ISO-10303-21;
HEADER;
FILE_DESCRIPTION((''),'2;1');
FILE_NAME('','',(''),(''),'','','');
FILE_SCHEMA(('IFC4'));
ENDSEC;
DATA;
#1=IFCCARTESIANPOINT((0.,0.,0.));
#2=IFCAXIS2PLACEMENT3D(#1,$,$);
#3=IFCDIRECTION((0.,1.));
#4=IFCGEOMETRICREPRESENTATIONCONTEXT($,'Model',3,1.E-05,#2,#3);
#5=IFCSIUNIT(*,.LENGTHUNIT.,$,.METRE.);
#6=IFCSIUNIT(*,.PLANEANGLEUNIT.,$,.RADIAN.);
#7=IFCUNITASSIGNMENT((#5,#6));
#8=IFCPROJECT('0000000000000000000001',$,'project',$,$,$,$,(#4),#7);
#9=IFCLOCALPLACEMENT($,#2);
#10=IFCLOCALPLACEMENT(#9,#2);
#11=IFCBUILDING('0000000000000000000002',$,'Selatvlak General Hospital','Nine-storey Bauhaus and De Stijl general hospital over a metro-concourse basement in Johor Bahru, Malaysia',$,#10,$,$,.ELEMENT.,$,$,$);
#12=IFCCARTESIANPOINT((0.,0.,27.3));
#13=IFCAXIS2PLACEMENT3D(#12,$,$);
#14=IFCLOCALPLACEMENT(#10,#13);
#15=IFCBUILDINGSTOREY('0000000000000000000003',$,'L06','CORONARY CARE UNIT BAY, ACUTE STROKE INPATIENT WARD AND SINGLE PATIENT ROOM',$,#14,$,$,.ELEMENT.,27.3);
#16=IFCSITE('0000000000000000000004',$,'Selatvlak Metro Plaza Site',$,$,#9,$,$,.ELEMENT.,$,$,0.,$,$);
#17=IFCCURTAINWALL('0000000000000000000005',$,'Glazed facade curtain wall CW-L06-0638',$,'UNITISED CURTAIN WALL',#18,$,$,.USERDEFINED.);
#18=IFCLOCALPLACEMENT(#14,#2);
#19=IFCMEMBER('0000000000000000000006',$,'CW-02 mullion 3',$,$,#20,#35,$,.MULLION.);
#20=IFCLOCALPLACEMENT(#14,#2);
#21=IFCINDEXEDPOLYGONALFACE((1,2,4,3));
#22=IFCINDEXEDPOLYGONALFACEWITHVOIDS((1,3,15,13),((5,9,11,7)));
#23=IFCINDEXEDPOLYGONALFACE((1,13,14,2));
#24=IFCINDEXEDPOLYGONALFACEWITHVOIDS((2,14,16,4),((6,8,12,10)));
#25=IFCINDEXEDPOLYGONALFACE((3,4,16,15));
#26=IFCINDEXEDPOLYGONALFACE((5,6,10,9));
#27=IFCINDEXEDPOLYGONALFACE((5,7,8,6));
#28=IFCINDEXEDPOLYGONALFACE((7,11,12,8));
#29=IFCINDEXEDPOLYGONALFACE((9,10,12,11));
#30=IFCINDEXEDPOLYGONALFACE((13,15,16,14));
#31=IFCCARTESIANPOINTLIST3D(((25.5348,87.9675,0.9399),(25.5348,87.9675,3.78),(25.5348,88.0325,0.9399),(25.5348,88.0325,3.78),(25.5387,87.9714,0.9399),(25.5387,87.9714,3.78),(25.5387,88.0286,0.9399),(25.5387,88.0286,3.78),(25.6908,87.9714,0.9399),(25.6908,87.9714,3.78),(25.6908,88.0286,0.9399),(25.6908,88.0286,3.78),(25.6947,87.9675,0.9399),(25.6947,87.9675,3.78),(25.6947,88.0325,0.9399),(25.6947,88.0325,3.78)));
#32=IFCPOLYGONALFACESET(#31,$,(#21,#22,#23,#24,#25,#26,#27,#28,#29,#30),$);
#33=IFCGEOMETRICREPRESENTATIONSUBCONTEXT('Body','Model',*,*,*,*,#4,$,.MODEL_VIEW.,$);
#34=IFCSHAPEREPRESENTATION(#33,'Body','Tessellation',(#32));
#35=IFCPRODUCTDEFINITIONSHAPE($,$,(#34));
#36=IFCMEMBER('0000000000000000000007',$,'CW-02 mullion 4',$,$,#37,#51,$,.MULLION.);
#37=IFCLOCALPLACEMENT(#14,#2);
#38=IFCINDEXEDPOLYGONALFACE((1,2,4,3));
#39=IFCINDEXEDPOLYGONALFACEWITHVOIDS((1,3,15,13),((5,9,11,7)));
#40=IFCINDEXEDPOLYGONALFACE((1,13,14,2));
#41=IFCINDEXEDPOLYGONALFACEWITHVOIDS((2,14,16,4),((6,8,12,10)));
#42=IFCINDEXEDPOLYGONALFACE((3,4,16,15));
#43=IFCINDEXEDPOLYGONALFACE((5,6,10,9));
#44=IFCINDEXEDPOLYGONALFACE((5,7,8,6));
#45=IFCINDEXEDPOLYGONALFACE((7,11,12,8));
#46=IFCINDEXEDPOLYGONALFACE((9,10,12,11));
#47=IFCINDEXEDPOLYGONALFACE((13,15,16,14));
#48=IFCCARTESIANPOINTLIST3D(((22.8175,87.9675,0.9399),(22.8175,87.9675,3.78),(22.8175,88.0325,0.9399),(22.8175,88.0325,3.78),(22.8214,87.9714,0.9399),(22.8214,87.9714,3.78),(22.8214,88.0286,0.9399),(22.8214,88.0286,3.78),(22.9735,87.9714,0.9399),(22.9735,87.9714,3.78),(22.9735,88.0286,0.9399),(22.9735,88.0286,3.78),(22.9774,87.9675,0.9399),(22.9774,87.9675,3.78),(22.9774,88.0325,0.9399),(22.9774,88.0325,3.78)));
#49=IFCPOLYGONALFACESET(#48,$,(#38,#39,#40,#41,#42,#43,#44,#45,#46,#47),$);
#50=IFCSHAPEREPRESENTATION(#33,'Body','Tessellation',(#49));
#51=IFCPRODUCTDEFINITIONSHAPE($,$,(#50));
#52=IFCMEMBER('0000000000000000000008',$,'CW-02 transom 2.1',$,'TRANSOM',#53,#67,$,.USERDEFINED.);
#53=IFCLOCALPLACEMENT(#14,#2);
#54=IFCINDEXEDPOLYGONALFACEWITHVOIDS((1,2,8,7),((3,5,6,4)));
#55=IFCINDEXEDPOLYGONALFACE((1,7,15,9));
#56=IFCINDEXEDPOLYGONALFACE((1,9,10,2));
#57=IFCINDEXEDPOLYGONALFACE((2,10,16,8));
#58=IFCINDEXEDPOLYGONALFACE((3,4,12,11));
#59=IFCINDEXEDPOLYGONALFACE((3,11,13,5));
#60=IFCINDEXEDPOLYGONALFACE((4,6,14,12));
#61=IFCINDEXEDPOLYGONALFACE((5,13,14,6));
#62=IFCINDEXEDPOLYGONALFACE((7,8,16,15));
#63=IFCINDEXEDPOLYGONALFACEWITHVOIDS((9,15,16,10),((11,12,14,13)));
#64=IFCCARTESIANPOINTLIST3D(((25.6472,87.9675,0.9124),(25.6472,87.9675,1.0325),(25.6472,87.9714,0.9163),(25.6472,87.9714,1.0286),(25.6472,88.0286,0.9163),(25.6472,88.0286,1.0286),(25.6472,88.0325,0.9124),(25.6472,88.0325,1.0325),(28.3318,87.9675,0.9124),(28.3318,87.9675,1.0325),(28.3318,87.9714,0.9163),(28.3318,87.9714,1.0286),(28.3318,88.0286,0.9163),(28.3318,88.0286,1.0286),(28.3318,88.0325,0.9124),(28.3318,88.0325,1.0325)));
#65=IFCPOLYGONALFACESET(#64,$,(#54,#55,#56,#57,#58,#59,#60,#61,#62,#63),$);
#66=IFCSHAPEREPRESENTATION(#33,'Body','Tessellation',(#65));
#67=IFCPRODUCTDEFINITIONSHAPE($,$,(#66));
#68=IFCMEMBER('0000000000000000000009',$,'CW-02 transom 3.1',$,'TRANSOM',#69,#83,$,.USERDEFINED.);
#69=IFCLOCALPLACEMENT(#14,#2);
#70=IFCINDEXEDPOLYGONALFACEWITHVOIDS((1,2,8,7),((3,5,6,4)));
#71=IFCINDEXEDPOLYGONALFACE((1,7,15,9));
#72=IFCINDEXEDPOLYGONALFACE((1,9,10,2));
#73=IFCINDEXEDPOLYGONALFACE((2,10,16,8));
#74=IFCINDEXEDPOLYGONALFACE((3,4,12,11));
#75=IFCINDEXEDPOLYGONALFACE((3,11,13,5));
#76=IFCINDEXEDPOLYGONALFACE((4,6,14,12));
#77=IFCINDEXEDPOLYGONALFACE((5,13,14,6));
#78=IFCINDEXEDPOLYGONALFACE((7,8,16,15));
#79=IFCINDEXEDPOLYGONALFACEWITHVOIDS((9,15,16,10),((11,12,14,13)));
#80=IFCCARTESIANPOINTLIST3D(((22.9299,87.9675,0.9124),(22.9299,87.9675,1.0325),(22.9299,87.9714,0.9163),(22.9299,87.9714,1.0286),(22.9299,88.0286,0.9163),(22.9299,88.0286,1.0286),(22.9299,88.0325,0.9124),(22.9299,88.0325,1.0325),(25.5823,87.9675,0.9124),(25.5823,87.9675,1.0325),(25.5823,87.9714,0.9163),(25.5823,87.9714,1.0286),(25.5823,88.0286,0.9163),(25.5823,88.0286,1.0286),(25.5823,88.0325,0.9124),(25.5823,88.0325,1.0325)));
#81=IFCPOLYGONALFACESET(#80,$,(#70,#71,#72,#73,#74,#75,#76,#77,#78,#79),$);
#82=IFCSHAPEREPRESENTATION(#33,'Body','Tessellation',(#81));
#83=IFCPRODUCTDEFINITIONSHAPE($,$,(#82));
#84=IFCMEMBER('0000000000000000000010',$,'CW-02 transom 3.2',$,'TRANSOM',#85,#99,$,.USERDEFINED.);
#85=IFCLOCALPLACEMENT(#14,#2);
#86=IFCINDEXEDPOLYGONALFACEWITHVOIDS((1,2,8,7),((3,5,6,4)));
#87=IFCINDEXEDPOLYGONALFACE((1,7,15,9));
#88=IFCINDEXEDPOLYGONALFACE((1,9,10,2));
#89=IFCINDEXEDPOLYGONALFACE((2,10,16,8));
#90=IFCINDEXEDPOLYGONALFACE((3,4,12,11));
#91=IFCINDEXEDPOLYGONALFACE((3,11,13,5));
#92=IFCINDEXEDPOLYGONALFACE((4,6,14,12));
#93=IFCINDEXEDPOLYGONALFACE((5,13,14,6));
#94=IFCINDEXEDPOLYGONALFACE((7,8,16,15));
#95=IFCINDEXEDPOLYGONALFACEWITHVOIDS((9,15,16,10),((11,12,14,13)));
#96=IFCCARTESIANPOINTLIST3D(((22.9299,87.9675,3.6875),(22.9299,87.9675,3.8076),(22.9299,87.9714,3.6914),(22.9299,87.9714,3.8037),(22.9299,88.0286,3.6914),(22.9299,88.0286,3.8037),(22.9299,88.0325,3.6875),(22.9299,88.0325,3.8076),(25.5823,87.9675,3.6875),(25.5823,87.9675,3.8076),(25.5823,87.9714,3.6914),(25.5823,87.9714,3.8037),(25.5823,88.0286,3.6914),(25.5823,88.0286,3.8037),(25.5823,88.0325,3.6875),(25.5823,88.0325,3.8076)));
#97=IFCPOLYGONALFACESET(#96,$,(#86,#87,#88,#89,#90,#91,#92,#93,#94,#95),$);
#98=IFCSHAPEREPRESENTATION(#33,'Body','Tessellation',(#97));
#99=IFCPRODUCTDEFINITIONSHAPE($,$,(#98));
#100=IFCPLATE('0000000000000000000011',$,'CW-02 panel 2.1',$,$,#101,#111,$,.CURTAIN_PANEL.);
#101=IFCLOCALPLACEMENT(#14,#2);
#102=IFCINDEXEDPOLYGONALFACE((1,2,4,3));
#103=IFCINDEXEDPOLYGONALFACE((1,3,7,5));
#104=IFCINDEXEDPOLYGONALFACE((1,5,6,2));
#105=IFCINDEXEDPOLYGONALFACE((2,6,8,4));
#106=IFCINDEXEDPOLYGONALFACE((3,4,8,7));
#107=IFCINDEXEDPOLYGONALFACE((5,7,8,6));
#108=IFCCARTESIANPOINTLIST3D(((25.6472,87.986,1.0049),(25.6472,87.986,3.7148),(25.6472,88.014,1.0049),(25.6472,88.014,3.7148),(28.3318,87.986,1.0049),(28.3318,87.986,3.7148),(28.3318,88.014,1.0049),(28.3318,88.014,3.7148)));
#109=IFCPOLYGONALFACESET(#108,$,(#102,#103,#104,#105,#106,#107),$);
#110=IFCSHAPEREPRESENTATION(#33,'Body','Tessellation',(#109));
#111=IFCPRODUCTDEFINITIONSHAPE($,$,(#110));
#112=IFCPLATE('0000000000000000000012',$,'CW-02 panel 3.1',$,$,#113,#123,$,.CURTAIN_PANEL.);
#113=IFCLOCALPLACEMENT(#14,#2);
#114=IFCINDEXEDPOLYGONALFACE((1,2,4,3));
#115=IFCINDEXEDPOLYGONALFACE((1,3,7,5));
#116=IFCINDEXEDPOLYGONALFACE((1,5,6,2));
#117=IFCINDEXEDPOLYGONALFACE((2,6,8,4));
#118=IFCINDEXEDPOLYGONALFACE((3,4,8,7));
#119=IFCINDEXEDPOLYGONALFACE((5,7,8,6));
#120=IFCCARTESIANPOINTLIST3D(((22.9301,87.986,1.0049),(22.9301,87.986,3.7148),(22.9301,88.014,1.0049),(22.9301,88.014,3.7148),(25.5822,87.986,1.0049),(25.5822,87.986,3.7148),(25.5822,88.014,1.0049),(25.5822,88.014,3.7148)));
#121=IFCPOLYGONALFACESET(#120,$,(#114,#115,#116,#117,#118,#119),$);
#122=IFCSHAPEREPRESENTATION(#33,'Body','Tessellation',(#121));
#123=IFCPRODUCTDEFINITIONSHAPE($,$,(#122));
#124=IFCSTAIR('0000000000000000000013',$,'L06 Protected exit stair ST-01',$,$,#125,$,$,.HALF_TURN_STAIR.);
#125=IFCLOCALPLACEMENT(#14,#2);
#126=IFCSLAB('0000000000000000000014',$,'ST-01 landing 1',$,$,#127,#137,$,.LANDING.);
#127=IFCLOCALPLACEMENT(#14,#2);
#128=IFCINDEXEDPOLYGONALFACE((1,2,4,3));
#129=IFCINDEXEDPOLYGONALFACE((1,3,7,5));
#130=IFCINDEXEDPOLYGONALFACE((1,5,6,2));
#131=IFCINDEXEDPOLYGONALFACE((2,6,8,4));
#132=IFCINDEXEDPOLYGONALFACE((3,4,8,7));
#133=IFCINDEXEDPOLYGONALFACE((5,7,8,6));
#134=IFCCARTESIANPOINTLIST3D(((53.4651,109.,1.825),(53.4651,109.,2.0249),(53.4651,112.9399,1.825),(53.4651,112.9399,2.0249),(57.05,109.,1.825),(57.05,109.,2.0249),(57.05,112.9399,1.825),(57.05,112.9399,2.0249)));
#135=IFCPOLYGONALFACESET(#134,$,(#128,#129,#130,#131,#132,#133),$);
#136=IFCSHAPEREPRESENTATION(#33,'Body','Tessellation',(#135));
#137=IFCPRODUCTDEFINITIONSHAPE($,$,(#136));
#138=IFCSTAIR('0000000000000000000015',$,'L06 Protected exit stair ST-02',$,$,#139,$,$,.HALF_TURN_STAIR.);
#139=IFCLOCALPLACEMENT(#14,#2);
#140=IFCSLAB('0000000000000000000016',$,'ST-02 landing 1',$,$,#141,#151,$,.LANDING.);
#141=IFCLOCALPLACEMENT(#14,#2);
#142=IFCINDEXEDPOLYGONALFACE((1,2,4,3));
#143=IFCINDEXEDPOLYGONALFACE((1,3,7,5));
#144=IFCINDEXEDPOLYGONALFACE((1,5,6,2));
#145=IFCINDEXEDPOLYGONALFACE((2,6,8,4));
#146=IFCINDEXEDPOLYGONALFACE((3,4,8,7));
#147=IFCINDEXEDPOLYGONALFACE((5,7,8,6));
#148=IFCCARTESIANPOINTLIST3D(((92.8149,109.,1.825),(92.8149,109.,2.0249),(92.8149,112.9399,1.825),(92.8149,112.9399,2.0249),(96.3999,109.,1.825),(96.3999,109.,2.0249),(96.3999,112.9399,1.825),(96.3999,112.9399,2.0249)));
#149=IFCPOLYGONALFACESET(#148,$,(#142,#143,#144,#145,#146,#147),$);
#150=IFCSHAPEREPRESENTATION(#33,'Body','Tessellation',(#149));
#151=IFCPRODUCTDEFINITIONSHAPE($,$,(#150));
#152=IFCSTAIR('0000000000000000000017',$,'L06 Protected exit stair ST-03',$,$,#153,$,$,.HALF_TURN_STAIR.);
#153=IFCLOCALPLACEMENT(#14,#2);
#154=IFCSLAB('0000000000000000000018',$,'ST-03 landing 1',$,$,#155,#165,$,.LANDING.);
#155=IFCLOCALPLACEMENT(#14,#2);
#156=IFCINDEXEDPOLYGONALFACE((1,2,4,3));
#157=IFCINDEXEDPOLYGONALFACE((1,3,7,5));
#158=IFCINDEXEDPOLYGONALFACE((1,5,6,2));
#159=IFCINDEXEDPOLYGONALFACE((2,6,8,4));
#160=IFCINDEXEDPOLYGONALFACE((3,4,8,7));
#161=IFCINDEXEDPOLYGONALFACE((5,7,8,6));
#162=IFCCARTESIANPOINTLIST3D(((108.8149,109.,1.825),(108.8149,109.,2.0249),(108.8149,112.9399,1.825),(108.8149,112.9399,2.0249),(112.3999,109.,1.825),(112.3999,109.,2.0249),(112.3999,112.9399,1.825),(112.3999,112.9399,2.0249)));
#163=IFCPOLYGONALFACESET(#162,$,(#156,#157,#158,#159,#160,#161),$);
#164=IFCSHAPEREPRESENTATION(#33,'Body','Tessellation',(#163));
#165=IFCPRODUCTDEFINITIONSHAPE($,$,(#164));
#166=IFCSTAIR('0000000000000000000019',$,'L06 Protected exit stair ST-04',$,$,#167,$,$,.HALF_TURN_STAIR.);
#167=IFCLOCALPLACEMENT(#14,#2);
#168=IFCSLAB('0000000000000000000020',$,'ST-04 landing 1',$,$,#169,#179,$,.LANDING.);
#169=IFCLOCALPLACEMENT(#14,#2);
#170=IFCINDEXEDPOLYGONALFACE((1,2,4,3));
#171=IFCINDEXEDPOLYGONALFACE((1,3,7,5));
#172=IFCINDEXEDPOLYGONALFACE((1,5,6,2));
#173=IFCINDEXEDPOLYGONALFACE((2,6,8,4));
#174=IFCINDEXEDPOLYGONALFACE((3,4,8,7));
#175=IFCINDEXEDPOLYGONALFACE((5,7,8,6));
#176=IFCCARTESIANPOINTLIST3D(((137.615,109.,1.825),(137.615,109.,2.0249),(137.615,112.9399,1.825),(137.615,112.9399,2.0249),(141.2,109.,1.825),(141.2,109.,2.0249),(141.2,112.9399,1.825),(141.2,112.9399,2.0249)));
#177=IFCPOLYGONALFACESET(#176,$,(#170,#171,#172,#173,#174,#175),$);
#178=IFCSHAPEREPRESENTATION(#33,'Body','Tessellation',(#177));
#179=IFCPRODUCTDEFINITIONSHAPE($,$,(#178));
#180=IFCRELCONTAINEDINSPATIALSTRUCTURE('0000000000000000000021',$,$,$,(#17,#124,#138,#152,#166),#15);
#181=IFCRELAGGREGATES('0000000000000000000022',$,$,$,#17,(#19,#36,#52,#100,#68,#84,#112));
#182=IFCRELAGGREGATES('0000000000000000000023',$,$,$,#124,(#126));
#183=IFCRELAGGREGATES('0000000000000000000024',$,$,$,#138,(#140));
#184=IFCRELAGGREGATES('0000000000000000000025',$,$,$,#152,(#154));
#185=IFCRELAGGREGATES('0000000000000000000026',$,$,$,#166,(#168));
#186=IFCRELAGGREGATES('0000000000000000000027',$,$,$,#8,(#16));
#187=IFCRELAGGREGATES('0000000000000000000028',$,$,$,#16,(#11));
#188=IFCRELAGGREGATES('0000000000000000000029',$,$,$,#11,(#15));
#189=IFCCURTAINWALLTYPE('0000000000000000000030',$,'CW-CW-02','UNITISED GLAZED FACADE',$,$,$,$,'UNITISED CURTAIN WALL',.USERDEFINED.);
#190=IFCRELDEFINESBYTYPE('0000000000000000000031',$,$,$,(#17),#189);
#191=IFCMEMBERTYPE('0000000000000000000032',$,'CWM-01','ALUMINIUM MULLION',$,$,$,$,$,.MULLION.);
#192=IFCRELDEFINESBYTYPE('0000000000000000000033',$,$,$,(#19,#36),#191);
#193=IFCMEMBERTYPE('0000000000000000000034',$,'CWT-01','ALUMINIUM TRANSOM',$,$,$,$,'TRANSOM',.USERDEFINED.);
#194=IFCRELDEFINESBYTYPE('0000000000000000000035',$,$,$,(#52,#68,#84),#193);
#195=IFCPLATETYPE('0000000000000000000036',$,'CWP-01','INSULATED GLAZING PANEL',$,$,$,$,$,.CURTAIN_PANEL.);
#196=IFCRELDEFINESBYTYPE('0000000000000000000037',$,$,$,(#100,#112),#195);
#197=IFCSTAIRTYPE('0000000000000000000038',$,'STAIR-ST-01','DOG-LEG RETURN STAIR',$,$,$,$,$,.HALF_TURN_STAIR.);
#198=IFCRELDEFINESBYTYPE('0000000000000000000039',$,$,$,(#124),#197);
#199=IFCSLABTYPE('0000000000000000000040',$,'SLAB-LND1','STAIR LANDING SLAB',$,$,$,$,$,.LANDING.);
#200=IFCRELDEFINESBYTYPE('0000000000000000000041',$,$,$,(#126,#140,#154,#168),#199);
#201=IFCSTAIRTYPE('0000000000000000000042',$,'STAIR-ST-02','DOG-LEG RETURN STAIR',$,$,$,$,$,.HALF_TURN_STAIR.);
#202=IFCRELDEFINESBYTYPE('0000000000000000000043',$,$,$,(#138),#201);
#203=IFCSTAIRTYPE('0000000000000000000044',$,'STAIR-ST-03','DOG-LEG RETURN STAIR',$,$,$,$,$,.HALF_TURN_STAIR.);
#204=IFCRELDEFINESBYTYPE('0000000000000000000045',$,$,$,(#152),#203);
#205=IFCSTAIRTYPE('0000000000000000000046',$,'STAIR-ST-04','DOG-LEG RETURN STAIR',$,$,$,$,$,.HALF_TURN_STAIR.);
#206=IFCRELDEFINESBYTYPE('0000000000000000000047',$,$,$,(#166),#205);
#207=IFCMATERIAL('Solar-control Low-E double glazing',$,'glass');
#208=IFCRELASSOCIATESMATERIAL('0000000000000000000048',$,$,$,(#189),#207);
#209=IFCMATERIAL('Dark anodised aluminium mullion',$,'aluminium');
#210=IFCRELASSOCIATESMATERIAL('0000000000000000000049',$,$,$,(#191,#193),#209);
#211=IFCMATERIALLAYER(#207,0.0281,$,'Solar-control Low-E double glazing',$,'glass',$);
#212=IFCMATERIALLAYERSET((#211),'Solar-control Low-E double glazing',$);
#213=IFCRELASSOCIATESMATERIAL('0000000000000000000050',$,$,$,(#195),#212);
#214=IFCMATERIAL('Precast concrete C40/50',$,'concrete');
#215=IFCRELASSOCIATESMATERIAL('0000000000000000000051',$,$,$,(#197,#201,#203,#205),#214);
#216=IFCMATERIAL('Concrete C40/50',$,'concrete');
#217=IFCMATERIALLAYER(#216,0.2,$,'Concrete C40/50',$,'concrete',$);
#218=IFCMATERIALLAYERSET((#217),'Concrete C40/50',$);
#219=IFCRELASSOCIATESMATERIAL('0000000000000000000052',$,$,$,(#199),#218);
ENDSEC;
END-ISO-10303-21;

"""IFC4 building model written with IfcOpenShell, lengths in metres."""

from ifc_helpers import new_model, si_unit, direction, frame, origin, origin_2d, place, context, subcontext, project, spatial, polyline, rectangle, hollow_rectangle, outline, extrude, material, layer, layer_set, material_profile, profile_set, type_object, element, aggregate, save


model = new_model("IFC4")

# Units and contexts
model_context = context("Model", 3, precision=1e-05, world=origin(), true_north=direction((0.0, 1.0)))
body_context = subcontext(model_context, "Body", "Model", "MODEL_VIEW")
ifc_project = project(units=[si_unit("LENGTHUNIT", "METRE"), si_unit("PLANEANGLEUNIT", "RADIAN")], contexts=[model_context])

# Site, building, storey
site_placement = place(None, origin())
site = spatial("IfcSite", under=ifc_project, at=site_placement, Name="Selatvlak Metro Plaza Site", CompositionType="ELEMENT", RefElevation=0.0)
building_placement = place(site_placement, origin())
building = spatial("IfcBuilding", under=site, at=building_placement, Name="Selatvlak General Hospital", Description="Nine-storey Bauhaus and De Stijl general hospital over a metro-concourse basement in Johor Bahru, Malaysia", CompositionType="ELEMENT")
storey_placement = place(building_placement, frame((0.0, 0.0, 27.3)))
storey = spatial("IfcBuildingStorey", under=building, at=storey_placement, Name="L06", Description="CORONARY CARE UNIT BAY, ACUTE STROKE INPATIENT WARD AND SINGLE PATIENT ROOM", CompositionType="ELEMENT", Elevation=27.3)

# Curtain wall, members, plates
ifc_material_1 = material(Name="Solar-control Low-E double glazing", Category="glass")
curtain_wall_type = type_object("IfcCurtainWallType", Name="CW-CW-02", Description="UNITISED GLAZED FACADE", ElementType="UNITISED CURTAIN WALL", PredefinedType="USERDEFINED", material=ifc_material_1)
curtain_wall_placement = place(storey_placement, origin())
curtain_wall = element("IfcCurtainWall", 1, at=curtain_wall_placement, inside=storey, type_object=curtain_wall_type, Name="Glazed facade curtain wall CW-L06-0638", ObjectType="UNITISED CURTAIN WALL", PredefinedType="USERDEFINED")
ifc_material_2 = material(Name="Dark anodised aluminium mullion", Category="aluminium")
ifc_material_profile_1 = material_profile(ifc_material_2, hollow_rectangle(XDim=0.0649, YDim=0.1599, WallThickness=0.0039, at=origin_2d()), Name="AL-MUL 65x160x4")
ifc_profile_set_1 = profile_set([ifc_material_profile_1], Name="Dark anodised aluminium mullion")
member_type_1 = type_object("IfcMemberType", Name="CWM-01", Description="ALUMINIUM MULLION", PredefinedType="MULLION", material=ifc_profile_set_1)
member_1_placement = place(storey_placement, frame((25.6147, 88.0, 0.9399), z_axis=(0.0, 0.0, 1.0), x_axis=(0.0, -1.0, 0.0)))
member_1 = element("IfcMember", 2, at=member_1_placement, type_object=member_type_1, Name="CW-02 mullion 3", PredefinedType="MULLION", context=body_context, shape_type="SweptSolid", body=[
    extrude(hollow_rectangle(XDim=0.0649, YDim=0.1599, WallThickness=0.0039, at=origin_2d()), origin(), (0.0, 0.0, 1.0), 2.8401),
])
member_2_placement = place(storey_placement, frame((22.8975, 88.0, 0.9399), z_axis=(0.0, 0.0, 1.0), x_axis=(0.0, -1.0, 0.0)))
member_2 = element("IfcMember", 3, at=member_2_placement, type_object=member_type_1, Name="CW-02 mullion 4", PredefinedType="MULLION", context=body_context, shape_type="SweptSolid", body=[
    extrude(hollow_rectangle(XDim=0.0649, YDim=0.1599, WallThickness=0.0039, at=origin_2d()), origin(), (0.0, 0.0, 1.0), 2.8401),
])
ifc_material_profile_2 = material_profile(ifc_material_2, hollow_rectangle(XDim=0.0649, YDim=0.1201, WallThickness=0.0039, at=origin_2d()), Name="AL-TRN 65x120x4")
ifc_profile_set_2 = profile_set([ifc_material_profile_2], Name="Dark anodised aluminium mullion")
member_type_2 = type_object("IfcMemberType", Name="CWT-01", Description="ALUMINIUM TRANSOM", ElementType="TRANSOM", PredefinedType="USERDEFINED", material=ifc_profile_set_2)
member_3_placement = place(storey_placement, frame((28.3318, 88.0, 0.9724), z_axis=(-1.0, 0.0, 0.0), x_axis=(0.0, -1.0, 0.0)))
member_3 = element("IfcMember", 4, at=member_3_placement, type_object=member_type_2, Name="CW-02 transom 2.1", ObjectType="TRANSOM", PredefinedType="USERDEFINED", context=body_context, shape_type="SweptSolid", body=[
    extrude(hollow_rectangle(XDim=0.0649, YDim=0.1201, WallThickness=0.0039, at=origin_2d()), origin(), (0.0, 0.0, 1.0), 2.6846),
])
member_4_placement = place(storey_placement, frame((25.5823, 88.0, 0.9724), z_axis=(-1.0, 0.0, 0.0), x_axis=(0.0, -1.0, 0.0)))
member_4 = element("IfcMember", 5, at=member_4_placement, type_object=member_type_2, Name="CW-02 transom 3.1", ObjectType="TRANSOM", PredefinedType="USERDEFINED", context=body_context, shape_type="SweptSolid", body=[
    extrude(hollow_rectangle(XDim=0.0649, YDim=0.1201, WallThickness=0.0039, at=origin_2d()), origin(), (0.0, 0.0, 1.0), 2.6523),
])
member_5_placement = place(storey_placement, frame((25.5823, 88.0, 3.7476), z_axis=(-1.0, 0.0, 0.0), x_axis=(0.0, -1.0, 0.0)))
member_5 = element("IfcMember", 6, at=member_5_placement, type_object=member_type_2, Name="CW-02 transom 3.2", ObjectType="TRANSOM", PredefinedType="USERDEFINED", context=body_context, shape_type="SweptSolid", body=[
    extrude(hollow_rectangle(XDim=0.0649, YDim=0.1201, WallThickness=0.0039, at=origin_2d()), origin(), (0.0, 0.0, 1.0), 2.6523),
])
ifc_layer_1 = layer(ifc_material_1, 0.0281, Name="Solar-control Low-E double glazing", Category="glass")
ifc_layer_set_1 = layer_set([ifc_layer_1], Name="Solar-control Low-E double glazing")
plate_type = type_object("IfcPlateType", Name="CWP-01", Description="INSULATED GLAZING PANEL", PredefinedType="CURTAIN_PANEL", material=ifc_layer_set_1)
plate_1_placement = place(storey_placement, frame((26.9895, 88.0, 1.0049), z_axis=(0.0, 0.0, 1.0), x_axis=(-1.0, 0.0, 0.0)))
plate_1 = element("IfcPlate", 7, at=plate_1_placement, type_object=plate_type, Name="CW-02 panel 2.1", PredefinedType="CURTAIN_PANEL", context=body_context, shape_type="SweptSolid", body=[
    extrude(rectangle(XDim=2.6846, YDim=0.0281, at=origin_2d()), origin(), (0.0, 0.0, 1.0), 2.71),
])
plate_2_placement = place(storey_placement, frame((24.2561, 88.0, 1.0049), z_axis=(0.0, 0.0, 1.0), x_axis=(-1.0, 0.0, 0.0)))
plate_2 = element("IfcPlate", 8, at=plate_2_placement, type_object=plate_type, Name="CW-02 panel 3.1", PredefinedType="CURTAIN_PANEL", context=body_context, shape_type="SweptSolid", body=[
    extrude(rectangle(XDim=2.6521, YDim=0.0281, at=origin_2d()), origin(), (0.0, 0.0, 1.0), 2.71),
])
aggregate(curtain_wall, [member_1, member_2, member_3, plate_1, member_4, member_5, plate_2])

# Stairs, slabs
ifc_material_3 = material(Name="Precast concrete C40/50", Category="concrete")
stair_type_1 = type_object("IfcStairType", Name="STAIR-ST-01", Description="DOG-LEG RETURN STAIR", PredefinedType="HALF_TURN_STAIR", material=ifc_material_3)
stair_1_placement = place(storey_placement, origin())
stair_1 = element("IfcStair", 9, at=stair_1_placement, inside=storey, type_object=stair_type_1, Name="L06 Protected exit stair ST-01", PredefinedType="HALF_TURN_STAIR")
ifc_material_4 = material(Name="Concrete C40/50", Category="concrete")
ifc_layer_2 = layer(ifc_material_4, 0.2, Name="Concrete C40/50", Category="concrete")
ifc_layer_set_2 = layer_set([ifc_layer_2], Name="Concrete C40/50")
slab_type_1 = type_object("IfcSlabType", Name="SLAB-LND1", Description="STAIR LANDING SLAB", PredefinedType="LANDING", material=ifc_layer_set_2)
slab_1_placement = place(storey_placement, frame((0.0, 0.0, 1.825)))
slab_1 = element("IfcSlab", 10, at=slab_1_placement, type_object=slab_type_1, Name="ST-01 landing 1", PredefinedType="LANDING", context=body_context, shape_type="SweptSolid", body=[
    extrude(outline(polyline([(53.4651, 109.0), (57.05, 109.0), (57.05, 112.9399), (53.4651, 112.9399), (53.4651, 109.0)])), origin(), (0.0, 0.0, 1.0), 0.2),
])
aggregate(stair_1, [slab_1])
stair_type_2 = type_object("IfcStairType", Name="STAIR-ST-02", Description="DOG-LEG RETURN STAIR", PredefinedType="HALF_TURN_STAIR", material=ifc_material_3)
stair_2_placement = place(storey_placement, origin())
stair_2 = element("IfcStair", 11, at=stair_2_placement, inside=storey, type_object=stair_type_2, Name="L06 Protected exit stair ST-02", PredefinedType="HALF_TURN_STAIR")
slab_2_placement = place(storey_placement, frame((0.0, 0.0, 1.825)))
slab_2 = element("IfcSlab", 12, at=slab_2_placement, type_object=slab_type_1, Name="ST-02 landing 1", PredefinedType="LANDING", context=body_context, shape_type="SweptSolid", body=[
    extrude(outline(polyline([(92.8149, 109.0), (96.3999, 109.0), (96.3999, 112.9399), (92.8149, 112.9399), (92.8149, 109.0)])), origin(), (0.0, 0.0, 1.0), 0.2),
])
aggregate(stair_2, [slab_2])
stair_type_3 = type_object("IfcStairType", Name="STAIR-ST-03", Description="DOG-LEG RETURN STAIR", PredefinedType="HALF_TURN_STAIR", material=ifc_material_3)
stair_3_placement = place(storey_placement, origin())
stair_3 = element("IfcStair", 13, at=stair_3_placement, inside=storey, type_object=stair_type_3, Name="L06 Protected exit stair ST-03", PredefinedType="HALF_TURN_STAIR")
slab_3_placement = place(storey_placement, frame((0.0, 0.0, 1.825)))
slab_3 = element("IfcSlab", 14, at=slab_3_placement, type_object=slab_type_1, Name="ST-03 landing 1", PredefinedType="LANDING", context=body_context, shape_type="SweptSolid", body=[
    extrude(outline(polyline([(108.8149, 109.0), (112.3999, 109.0), (112.3999, 112.9399), (108.8149, 112.9399), (108.8149, 109.0)])), origin(), (0.0, 0.0, 1.0), 0.2),
])
aggregate(stair_3, [slab_3])
stair_type_4 = type_object("IfcStairType", Name="STAIR-ST-04", Description="DOG-LEG RETURN STAIR", PredefinedType="HALF_TURN_STAIR", material=ifc_material_3)
stair_4_placement = place(storey_placement, origin())
stair_4 = element("IfcStair", 15, at=stair_4_placement, inside=storey, type_object=stair_type_4, Name="L06 Protected exit stair ST-04", PredefinedType="HALF_TURN_STAIR")
slab_4_placement = place(storey_placement, frame((0.0, 0.0, 1.825)))
slab_4 = element("IfcSlab", 16, at=slab_4_placement, type_object=slab_type_1, Name="ST-04 landing 1", PredefinedType="LANDING", context=body_context, shape_type="SweptSolid", body=[
    extrude(outline(polyline([(137.615, 109.0), (141.2, 109.0), (141.2, 112.9399), (137.615, 112.9399), (137.615, 109.0)])), origin(), (0.0, 0.0, 1.0), 0.2),
])
aggregate(stair_4, [slab_4])

save(model, "model.ifc")
